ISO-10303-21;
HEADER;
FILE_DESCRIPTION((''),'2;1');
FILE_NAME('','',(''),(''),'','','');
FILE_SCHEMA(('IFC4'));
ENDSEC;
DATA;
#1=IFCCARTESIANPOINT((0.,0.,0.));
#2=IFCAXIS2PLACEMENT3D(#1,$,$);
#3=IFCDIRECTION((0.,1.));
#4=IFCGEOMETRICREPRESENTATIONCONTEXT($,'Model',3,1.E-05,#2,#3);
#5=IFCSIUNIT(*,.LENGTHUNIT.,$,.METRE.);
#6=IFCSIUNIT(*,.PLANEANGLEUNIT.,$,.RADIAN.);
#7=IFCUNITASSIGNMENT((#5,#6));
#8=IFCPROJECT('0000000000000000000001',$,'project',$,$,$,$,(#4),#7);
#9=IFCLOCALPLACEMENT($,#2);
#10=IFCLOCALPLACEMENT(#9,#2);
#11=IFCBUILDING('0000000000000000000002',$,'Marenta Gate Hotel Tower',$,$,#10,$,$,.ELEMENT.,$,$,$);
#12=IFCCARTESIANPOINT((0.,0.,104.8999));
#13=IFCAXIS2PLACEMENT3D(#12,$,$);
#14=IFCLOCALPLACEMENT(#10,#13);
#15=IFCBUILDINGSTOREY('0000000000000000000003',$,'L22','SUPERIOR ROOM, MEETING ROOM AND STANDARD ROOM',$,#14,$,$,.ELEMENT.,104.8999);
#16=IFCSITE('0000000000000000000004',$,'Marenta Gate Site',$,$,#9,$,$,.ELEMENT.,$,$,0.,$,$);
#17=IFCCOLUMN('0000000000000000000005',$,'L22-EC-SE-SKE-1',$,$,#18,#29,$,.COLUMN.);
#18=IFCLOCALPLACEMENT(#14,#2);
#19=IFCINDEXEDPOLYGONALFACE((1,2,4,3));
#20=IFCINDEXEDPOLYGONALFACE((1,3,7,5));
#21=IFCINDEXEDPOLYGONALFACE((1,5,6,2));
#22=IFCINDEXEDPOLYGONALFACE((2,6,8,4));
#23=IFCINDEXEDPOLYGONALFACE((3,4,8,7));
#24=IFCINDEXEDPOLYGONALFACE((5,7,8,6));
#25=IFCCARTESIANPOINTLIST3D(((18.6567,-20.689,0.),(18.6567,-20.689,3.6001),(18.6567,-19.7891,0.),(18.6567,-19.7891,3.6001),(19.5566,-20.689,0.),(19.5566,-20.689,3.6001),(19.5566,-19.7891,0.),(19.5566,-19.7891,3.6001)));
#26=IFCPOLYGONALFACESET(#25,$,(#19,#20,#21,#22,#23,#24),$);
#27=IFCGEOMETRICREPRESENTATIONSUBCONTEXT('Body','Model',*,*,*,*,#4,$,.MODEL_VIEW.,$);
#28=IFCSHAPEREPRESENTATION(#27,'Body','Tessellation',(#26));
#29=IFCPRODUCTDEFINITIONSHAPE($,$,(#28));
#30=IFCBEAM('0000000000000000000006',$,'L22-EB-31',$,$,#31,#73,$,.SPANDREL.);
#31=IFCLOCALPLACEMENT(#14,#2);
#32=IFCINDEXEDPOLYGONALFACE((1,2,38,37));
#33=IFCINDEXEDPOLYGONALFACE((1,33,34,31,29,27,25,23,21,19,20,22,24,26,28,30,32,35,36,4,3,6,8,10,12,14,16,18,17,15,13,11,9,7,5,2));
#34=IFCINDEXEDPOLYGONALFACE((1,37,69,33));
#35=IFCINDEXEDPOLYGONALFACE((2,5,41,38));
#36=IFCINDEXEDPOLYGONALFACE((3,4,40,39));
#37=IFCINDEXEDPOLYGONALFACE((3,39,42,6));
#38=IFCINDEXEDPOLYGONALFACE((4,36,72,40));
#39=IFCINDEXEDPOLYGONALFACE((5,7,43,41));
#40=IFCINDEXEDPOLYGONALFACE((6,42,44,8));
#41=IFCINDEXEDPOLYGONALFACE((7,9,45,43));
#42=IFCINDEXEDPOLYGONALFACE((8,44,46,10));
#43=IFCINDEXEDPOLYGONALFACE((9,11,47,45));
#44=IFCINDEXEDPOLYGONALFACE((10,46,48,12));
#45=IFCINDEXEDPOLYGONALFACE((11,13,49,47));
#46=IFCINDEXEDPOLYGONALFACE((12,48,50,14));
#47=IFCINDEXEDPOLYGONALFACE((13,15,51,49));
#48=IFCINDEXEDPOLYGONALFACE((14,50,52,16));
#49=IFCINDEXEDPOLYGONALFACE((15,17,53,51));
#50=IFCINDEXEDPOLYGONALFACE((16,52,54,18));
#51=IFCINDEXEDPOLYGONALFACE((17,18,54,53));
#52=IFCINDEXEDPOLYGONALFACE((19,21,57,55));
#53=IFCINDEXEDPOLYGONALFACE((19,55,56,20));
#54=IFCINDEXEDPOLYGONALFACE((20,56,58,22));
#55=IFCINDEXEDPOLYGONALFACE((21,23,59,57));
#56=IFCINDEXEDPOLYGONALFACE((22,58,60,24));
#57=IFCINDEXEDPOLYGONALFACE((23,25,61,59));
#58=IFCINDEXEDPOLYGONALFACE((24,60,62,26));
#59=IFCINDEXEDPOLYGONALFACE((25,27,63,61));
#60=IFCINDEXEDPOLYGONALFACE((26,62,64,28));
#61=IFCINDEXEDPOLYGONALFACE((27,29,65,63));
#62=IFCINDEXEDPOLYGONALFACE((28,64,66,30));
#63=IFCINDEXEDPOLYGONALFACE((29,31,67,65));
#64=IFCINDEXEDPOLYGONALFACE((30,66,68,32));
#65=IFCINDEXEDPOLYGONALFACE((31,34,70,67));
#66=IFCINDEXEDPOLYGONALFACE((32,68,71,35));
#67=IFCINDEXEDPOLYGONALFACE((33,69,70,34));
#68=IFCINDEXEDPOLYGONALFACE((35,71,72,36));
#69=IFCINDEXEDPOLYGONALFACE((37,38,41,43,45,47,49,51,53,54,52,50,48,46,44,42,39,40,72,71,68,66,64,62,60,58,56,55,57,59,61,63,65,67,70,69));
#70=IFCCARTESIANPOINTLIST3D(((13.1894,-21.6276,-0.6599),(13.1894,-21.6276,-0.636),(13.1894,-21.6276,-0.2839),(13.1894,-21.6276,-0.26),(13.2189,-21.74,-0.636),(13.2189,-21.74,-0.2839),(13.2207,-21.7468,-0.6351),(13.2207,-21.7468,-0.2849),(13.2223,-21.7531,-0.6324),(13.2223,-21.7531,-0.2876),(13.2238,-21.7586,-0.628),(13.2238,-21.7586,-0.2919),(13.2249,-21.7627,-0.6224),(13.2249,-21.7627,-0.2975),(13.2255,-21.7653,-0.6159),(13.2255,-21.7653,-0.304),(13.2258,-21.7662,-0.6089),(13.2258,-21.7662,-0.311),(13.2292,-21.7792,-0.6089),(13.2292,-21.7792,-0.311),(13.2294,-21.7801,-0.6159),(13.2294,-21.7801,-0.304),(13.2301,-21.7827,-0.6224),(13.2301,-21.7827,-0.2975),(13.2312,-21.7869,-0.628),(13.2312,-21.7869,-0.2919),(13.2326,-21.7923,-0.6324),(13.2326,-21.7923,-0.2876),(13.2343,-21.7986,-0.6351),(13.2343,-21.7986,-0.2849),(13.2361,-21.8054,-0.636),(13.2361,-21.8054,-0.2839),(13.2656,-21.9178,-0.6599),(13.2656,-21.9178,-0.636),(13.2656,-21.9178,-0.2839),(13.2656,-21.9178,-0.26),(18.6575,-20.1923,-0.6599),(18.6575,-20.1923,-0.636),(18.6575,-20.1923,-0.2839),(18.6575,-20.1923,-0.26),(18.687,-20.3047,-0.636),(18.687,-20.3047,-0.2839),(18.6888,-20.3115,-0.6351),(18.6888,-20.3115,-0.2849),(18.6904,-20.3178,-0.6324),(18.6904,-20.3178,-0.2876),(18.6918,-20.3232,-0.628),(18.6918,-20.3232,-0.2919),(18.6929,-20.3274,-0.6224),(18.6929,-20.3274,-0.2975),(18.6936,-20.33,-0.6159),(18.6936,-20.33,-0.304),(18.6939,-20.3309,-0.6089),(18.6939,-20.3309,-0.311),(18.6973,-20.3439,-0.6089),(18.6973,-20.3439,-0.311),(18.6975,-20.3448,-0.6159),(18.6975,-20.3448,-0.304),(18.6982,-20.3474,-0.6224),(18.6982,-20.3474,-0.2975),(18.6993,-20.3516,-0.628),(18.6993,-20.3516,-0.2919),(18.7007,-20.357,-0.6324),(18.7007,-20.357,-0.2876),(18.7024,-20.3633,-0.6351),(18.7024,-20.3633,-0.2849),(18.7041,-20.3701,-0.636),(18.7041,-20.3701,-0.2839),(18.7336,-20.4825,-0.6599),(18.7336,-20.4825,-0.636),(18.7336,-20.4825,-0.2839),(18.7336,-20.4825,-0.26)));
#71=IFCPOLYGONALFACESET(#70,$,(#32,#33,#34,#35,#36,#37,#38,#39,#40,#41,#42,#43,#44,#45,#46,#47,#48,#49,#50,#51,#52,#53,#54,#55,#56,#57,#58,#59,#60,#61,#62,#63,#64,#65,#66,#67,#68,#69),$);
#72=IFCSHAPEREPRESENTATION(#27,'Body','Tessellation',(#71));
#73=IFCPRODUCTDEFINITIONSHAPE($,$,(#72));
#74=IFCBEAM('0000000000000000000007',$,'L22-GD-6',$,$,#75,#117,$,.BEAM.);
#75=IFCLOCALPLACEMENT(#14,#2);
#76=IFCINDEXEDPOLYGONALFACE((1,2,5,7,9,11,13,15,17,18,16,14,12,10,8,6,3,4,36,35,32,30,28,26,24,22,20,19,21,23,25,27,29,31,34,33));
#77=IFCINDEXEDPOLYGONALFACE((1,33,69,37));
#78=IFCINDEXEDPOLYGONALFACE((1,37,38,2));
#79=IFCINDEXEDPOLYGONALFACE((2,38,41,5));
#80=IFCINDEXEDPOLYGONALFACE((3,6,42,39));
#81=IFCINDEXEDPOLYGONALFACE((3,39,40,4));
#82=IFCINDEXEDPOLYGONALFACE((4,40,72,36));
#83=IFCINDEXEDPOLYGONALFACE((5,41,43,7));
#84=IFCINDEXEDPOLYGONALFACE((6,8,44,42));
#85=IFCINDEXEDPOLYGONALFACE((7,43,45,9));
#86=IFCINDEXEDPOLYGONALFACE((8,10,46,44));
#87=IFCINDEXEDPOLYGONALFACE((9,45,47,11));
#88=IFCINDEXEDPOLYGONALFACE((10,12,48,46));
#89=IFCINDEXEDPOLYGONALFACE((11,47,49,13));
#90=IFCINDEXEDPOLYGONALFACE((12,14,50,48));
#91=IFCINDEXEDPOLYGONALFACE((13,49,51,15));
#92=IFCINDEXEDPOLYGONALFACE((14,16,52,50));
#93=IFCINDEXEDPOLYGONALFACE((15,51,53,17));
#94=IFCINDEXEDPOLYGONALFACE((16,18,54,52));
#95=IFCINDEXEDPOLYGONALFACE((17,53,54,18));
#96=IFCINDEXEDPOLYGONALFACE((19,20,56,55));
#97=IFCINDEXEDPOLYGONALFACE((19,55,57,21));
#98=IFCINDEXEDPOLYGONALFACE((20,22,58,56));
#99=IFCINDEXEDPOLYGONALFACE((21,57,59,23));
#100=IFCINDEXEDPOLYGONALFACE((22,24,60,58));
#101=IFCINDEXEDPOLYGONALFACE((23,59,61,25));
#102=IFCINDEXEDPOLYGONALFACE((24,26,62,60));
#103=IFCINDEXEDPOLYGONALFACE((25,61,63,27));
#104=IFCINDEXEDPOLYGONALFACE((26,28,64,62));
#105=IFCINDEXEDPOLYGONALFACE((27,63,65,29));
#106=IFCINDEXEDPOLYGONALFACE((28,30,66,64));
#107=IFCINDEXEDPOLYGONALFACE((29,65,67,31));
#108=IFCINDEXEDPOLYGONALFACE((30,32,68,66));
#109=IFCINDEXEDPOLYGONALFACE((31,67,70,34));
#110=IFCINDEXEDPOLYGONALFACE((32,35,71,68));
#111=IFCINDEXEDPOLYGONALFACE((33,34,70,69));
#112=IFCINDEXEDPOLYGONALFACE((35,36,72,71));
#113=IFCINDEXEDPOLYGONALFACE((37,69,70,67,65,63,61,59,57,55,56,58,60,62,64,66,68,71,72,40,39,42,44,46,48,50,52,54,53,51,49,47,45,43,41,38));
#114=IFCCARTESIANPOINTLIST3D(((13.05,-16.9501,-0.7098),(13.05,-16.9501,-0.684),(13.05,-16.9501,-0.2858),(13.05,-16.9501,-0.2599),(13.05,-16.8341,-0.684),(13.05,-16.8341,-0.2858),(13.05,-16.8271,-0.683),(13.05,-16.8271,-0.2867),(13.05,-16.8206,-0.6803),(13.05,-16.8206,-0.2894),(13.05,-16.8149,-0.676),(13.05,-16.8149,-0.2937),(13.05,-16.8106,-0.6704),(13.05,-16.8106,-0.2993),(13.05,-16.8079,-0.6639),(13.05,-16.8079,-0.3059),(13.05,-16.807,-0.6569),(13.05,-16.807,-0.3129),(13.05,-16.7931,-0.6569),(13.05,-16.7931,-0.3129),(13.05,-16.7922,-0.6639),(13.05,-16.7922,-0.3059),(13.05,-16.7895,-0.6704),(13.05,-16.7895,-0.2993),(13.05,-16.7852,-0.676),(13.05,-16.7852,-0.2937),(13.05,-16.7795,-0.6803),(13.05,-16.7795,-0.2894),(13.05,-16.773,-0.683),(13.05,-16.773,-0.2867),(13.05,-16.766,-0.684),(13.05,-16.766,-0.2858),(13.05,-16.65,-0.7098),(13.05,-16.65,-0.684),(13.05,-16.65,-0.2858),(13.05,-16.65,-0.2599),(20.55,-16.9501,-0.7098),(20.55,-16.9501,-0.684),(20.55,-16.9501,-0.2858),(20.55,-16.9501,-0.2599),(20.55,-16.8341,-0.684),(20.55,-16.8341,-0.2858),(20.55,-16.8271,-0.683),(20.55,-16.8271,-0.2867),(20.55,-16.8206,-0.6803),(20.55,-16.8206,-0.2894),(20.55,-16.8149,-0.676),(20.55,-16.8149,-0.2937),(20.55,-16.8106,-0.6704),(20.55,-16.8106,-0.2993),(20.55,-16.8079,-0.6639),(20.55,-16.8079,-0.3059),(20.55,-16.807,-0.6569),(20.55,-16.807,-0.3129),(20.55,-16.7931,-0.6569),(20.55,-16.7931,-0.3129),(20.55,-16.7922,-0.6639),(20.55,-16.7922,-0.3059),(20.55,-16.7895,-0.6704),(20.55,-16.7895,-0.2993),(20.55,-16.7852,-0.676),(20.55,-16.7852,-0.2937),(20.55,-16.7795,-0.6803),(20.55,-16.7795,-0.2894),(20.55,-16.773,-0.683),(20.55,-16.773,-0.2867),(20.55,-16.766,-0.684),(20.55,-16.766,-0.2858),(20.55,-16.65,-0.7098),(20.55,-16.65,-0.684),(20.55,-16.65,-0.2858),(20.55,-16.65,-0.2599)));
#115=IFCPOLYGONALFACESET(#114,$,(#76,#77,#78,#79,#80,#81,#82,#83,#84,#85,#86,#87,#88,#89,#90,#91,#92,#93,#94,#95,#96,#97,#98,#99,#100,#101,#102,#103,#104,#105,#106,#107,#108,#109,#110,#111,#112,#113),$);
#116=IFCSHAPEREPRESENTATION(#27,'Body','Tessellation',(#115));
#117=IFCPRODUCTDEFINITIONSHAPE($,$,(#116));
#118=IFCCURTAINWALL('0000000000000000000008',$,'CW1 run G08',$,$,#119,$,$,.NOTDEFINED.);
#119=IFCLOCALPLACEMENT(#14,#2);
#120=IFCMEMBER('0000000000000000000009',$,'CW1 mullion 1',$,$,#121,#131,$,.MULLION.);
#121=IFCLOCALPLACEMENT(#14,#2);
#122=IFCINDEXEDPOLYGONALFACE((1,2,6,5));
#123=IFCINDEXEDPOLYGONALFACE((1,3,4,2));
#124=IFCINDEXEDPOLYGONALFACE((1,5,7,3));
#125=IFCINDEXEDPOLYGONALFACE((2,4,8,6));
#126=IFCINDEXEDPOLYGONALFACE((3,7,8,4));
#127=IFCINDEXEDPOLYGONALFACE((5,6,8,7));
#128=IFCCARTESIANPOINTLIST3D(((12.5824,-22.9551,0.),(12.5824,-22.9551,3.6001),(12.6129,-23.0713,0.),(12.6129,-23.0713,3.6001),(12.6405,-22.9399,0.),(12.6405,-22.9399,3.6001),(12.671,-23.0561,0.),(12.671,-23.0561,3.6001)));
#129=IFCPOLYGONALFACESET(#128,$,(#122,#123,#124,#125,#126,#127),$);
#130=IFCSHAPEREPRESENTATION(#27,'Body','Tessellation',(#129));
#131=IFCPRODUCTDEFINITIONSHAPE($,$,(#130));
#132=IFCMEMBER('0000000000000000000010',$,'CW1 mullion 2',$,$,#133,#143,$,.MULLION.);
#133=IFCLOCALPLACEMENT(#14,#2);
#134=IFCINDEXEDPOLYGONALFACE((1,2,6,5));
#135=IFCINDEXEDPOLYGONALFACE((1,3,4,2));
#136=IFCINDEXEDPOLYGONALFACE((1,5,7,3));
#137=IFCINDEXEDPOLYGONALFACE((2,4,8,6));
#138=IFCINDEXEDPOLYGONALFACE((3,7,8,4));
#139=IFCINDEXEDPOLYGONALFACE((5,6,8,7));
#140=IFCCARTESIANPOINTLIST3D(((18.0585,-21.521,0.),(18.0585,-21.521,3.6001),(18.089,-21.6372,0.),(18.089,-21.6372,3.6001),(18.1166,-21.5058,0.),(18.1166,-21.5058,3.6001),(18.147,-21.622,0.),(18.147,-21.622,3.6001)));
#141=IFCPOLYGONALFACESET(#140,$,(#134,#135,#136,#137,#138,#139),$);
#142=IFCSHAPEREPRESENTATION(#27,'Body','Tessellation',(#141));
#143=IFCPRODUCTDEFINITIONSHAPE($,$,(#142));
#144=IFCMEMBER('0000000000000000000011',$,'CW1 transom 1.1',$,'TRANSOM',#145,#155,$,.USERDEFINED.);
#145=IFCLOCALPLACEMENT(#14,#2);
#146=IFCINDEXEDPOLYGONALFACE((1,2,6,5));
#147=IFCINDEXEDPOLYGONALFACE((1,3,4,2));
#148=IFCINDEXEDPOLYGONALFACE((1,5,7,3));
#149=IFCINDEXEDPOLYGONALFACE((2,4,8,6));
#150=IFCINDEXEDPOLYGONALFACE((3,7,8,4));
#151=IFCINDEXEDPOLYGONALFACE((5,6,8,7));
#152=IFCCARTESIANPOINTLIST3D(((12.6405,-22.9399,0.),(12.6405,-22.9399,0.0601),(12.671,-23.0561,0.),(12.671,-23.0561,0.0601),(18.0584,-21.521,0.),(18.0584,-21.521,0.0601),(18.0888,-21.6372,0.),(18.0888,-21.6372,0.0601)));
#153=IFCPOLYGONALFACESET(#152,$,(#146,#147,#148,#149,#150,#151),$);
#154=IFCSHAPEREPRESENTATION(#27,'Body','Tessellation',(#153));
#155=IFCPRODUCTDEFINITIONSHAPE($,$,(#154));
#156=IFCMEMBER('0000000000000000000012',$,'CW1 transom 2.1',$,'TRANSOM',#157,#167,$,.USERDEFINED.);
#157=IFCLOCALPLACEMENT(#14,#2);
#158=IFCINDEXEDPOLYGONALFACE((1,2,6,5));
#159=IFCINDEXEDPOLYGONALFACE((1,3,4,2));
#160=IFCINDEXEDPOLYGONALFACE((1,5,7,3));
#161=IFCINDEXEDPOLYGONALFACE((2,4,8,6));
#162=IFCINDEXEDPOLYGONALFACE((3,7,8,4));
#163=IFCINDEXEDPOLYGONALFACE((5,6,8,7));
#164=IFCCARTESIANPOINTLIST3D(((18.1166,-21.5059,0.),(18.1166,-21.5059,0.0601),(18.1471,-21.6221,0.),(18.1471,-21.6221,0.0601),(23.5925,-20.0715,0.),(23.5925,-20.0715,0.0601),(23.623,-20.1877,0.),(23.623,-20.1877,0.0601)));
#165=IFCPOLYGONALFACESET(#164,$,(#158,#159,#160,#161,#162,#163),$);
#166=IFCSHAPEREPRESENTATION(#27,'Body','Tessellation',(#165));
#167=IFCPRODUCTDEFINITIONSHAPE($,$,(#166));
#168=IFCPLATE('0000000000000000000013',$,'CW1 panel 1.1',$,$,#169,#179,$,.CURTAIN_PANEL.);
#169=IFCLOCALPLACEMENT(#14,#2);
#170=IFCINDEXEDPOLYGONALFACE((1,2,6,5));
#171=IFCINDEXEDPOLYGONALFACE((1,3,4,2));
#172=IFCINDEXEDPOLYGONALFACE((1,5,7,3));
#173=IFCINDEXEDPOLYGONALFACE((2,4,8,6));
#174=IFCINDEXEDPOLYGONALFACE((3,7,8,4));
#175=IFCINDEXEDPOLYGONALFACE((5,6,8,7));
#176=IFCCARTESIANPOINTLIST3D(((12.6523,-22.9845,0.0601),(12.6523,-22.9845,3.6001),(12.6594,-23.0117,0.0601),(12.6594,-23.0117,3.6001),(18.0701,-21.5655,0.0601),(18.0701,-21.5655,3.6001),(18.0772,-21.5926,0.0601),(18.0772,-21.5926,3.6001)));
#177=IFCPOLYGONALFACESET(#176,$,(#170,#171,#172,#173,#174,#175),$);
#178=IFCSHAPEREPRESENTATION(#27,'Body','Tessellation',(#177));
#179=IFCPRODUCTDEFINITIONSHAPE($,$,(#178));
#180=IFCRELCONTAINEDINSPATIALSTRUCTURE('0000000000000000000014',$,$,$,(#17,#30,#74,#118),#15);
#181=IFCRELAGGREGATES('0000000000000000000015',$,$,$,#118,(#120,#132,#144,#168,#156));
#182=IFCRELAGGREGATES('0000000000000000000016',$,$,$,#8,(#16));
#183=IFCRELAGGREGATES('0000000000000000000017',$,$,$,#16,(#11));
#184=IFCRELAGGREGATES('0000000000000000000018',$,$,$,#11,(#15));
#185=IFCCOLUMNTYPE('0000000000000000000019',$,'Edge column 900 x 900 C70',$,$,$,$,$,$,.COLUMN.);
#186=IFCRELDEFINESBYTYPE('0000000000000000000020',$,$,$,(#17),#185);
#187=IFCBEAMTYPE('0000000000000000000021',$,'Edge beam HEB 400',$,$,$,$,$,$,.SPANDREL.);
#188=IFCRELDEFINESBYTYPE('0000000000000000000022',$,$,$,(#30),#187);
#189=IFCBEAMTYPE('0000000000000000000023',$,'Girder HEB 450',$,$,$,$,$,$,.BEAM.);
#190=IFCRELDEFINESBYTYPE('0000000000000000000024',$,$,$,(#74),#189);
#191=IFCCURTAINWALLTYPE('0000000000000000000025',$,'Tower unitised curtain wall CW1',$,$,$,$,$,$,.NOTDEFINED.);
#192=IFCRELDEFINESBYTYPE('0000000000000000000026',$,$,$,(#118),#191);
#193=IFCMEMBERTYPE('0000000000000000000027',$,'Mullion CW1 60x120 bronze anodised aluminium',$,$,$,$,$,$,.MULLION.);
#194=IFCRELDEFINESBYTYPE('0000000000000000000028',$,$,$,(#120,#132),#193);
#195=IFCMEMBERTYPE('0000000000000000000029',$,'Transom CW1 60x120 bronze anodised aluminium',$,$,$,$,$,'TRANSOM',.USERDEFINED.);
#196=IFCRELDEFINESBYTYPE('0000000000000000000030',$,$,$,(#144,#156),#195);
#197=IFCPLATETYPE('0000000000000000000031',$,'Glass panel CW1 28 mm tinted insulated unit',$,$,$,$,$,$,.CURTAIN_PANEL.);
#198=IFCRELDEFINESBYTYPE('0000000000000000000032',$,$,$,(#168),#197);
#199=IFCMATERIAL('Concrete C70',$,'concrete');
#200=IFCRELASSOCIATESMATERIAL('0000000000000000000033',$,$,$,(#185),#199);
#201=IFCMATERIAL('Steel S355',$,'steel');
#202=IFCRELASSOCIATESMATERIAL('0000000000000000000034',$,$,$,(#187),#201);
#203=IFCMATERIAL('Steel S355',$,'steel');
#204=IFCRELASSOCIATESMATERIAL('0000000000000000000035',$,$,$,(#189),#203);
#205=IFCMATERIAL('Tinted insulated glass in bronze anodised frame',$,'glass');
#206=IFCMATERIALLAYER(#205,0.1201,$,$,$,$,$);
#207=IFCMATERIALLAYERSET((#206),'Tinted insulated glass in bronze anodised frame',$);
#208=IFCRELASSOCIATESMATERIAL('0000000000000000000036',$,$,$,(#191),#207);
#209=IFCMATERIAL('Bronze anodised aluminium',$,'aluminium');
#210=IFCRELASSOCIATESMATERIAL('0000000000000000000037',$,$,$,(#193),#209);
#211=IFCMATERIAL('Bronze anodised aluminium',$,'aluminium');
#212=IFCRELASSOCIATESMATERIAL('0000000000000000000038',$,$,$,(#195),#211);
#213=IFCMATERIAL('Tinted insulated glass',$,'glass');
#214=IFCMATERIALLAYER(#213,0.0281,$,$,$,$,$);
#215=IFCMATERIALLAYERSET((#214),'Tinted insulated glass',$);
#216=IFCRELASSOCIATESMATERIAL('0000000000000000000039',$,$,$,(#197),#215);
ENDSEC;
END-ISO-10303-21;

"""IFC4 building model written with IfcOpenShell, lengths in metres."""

from ifc_helpers import new_model, si_unit, direction, frame, origin, origin_2d, place, context, subcontext, project, spatial, rectangle, i_section, extrude, material, layer, layer_set, material_profile, profile_set, type_object, element, aggregate, save


model = new_model("IFC4")

# Units and contexts
model_context = context("Model", 3, precision=1e-05, world=origin(), true_north=direction((0.0, 1.0)))
body_context = subcontext(model_context, "Body", "Model", "MODEL_VIEW")
ifc_project = project(units=[si_unit("LENGTHUNIT", "METRE"), si_unit("PLANEANGLEUNIT", "RADIAN")], contexts=[model_context])

# Site, building, storey
site_placement = place(None, origin())
site = spatial("IfcSite", under=ifc_project, at=site_placement, Name="Marenta Gate Site", CompositionType="ELEMENT", RefElevation=0.0)
building_placement = place(site_placement, origin())
building = spatial("IfcBuilding", under=site, at=building_placement, Name="Marenta Gate Hotel Tower", CompositionType="ELEMENT")
storey_placement = place(building_placement, frame((0.0, 0.0, 104.8999)))
storey = spatial("IfcBuildingStorey", under=building, at=storey_placement, Name="L22", Description="SUPERIOR ROOM, MEETING ROOM AND STANDARD ROOM", CompositionType="ELEMENT", Elevation=104.8999)

# Column
ifc_material_1 = material(Name="Concrete C70", Category="concrete")
ifc_material_profile_1 = material_profile(ifc_material_1, rectangle(XDim=0.8999, YDim=0.8999, at=origin_2d()), Name="900 x 900")
ifc_profile_set_1 = profile_set([ifc_material_profile_1], Name="Concrete C70")
column_type = type_object("IfcColumnType", Name="Edge column 900 x 900 C70", PredefinedType="COLUMN", material=ifc_profile_set_1)
column_placement = place(storey_placement, frame((19.1067, -20.239, 0.0), z_axis=(0.0, 0.0, 1.0), x_axis=(1.0, 0.0, 0.0)))
element("IfcColumn", 1, at=column_placement, inside=storey, type_object=column_type, Name="L22-EC-SE-SKE-1", PredefinedType="COLUMN", context=body_context, shape_type="SweptSolid", body=[
    extrude(rectangle(XDim=0.8999, YDim=0.8999, at=origin_2d()), origin(), (0.0, 0.0, 1.0), 3.6001),
])

# Beams
ifc_material_2 = material(Name="Steel S355", Category="steel")
ifc_material_profile_2 = material_profile(ifc_material_2, i_section(OverallWidth=0.3, OverallDepth=0.3999, WebThickness=0.0134, FlangeThickness=0.0239, FilletRadius=0.0271, at=origin_2d()), Name="HEB 400")
ifc_profile_set_2 = profile_set([ifc_material_profile_2], Name="Steel S355")
beam_type_1 = type_object("IfcBeamType", Name="Edge beam HEB 400", PredefinedType="SPANDREL", material=ifc_profile_set_2)
beam_1_placement = place(storey_placement, frame((18.6956, -20.3374, -0.46), z_axis=(-0.967233, -0.25389, 0.0), x_axis=(0.25389, -0.967233, 0.0)))
element("IfcBeam", 2, at=beam_1_placement, inside=storey, type_object=beam_type_1, Name="L22-EB-31", PredefinedType="SPANDREL", context=body_context, shape_type="SweptSolid", body=[
    extrude(i_section(OverallWidth=0.3, OverallDepth=0.3999, WebThickness=0.0134, FlangeThickness=0.0239, FilletRadius=0.0271, at=origin_2d()), origin(), (0.0, 0.0, 1.0), 5.6533),
])
ifc_material_3 = material(Name="Steel S355", Category="steel")
ifc_material_profile_3 = material_profile(ifc_material_3, i_section(OverallWidth=0.3, OverallDepth=0.45, WebThickness=0.0139, FlangeThickness=0.0259, FilletRadius=0.0271, at=origin_2d()), Name="HEB 450")
ifc_profile_set_3 = profile_set([ifc_material_profile_3], Name="Steel S355")
beam_type_2 = type_object("IfcBeamType", Name="Girder HEB 450", PredefinedType="BEAM", material=ifc_profile_set_3)
beam_2_placement = place(storey_placement, frame((13.05, -16.8, -0.4849), z_axis=(1.0, 0.0, 0.0), x_axis=(0.0, 1.0, 0.0)))
element("IfcBeam", 3, at=beam_2_placement, inside=storey, type_object=beam_type_2, Name="L22-GD-6", PredefinedType="BEAM", context=body_context, shape_type="SweptSolid", body=[
    extrude(i_section(OverallWidth=0.3, OverallDepth=0.45, WebThickness=0.0139, FlangeThickness=0.0259, FilletRadius=0.0271, at=origin_2d()), origin(), (0.0, 0.0, 1.0), 7.5),
])

# Curtain wall, members, plate
ifc_material_4 = material(Name="Tinted insulated glass in bronze anodised frame", Category="glass")
ifc_layer_1 = layer(ifc_material_4, 0.1201)
ifc_layer_set_1 = layer_set([ifc_layer_1], Name="Tinted insulated glass in bronze anodised frame")
curtain_wall_type = type_object("IfcCurtainWallType", Name="Tower unitised curtain wall CW1", PredefinedType="NOTDEFINED", material=ifc_layer_set_1)
curtain_wall_placement = place(storey_placement, origin())
curtain_wall = element("IfcCurtainWall", 4, at=curtain_wall_placement, inside=storey, type_object=curtain_wall_type, Name="CW1 run G08", PredefinedType="NOTDEFINED")
ifc_material_5 = material(Name="Bronze anodised aluminium", Category="aluminium")
ifc_material_profile_4 = material_profile(ifc_material_5, rectangle(XDim=0.1201, YDim=0.0601, at=origin_2d()), Name="Mullion CW1 60x120 bronze anodised aluminium")
ifc_profile_set_4 = profile_set([ifc_material_profile_4], Name="Bronze anodised aluminium")
member_type_1 = type_object("IfcMemberType", Name="Mullion CW1 60x120 bronze anodised aluminium", PredefinedType="MULLION", material=ifc_profile_set_4)
member_1_placement = place(storey_placement, frame((12.6267, -23.0056, 0.0), z_axis=(0.0, 0.0, 1.0), x_axis=(-0.253374, 0.967368, 0.0)))
member_1 = element("IfcMember", 5, at=member_1_placement, type_object=member_type_1, Name="CW1 mullion 1", PredefinedType="MULLION", context=body_context, shape_type="SweptSolid", body=[
    extrude(rectangle(XDim=0.1201, YDim=0.0601, at=origin_2d()), origin(), (0.0, 0.0, 1.0), 3.6001),
])
member_2_placement = place(storey_placement, frame((18.1028, -21.5715, 0.0), z_axis=(0.0, 0.0, 1.0), x_axis=(-0.253374, 0.967368, 0.0)))
member_2 = element("IfcMember", 6, at=member_2_placement, type_object=member_type_1, Name="CW1 mullion 2", PredefinedType="MULLION", context=body_context, shape_type="SweptSolid", body=[
    extrude(rectangle(XDim=0.1201, YDim=0.0601, at=origin_2d()), origin(), (0.0, 0.0, 1.0), 3.6001),
])
ifc_material_6 = material(Name="Bronze anodised aluminium", Category="aluminium")
ifc_material_profile_5 = material_profile(ifc_material_6, rectangle(XDim=0.1201, YDim=0.0601, at=origin_2d()), Name="Transom CW1 60x120 bronze anodised aluminium")
ifc_profile_set_5 = profile_set([ifc_material_profile_5], Name="Bronze anodised aluminium")
member_type_2 = type_object("IfcMemberType", Name="Transom CW1 60x120 bronze anodised aluminium", ElementType="TRANSOM", PredefinedType="USERDEFINED", material=ifc_profile_set_5)
member_3_placement = place(storey_placement, frame((12.6558, -22.998, 0.03), z_axis=(0.967374, 0.253352, 0.0), x_axis=(-0.253352, 0.967374, 0.0)))
member_3 = element("IfcMember", 7, at=member_3_placement, type_object=member_type_2, Name="CW1 transom 1.1", ObjectType="TRANSOM", PredefinedType="USERDEFINED", context=body_context, shape_type="SweptSolid", body=[
    extrude(rectangle(XDim=0.1201, YDim=0.0601, at=origin_2d()), origin(), (0.0, 0.0, 1.0), 5.6006),
])
member_4_placement = place(storey_placement, frame((18.1318, -21.564, 0.03), z_axis=(0.967364, 0.253389, 0.0), x_axis=(-0.253389, 0.967364, 0.0)))
member_4 = element("IfcMember", 8, at=member_4_placement, type_object=member_type_2, Name="CW1 transom 2.1", ObjectType="TRANSOM", PredefinedType="USERDEFINED", context=body_context, shape_type="SweptSolid", body=[
    extrude(rectangle(XDim=0.1201, YDim=0.0601, at=origin_2d()), origin(), (0.0, 0.0, 1.0), 5.6606),
])
ifc_material_7 = material(Name="Tinted insulated glass", Category="glass")
ifc_layer_2 = layer(ifc_material_7, 0.0281)
ifc_layer_set_2 = layer_set([ifc_layer_2], Name="Tinted insulated glass")
plate_type = type_object("IfcPlateType", Name="Glass panel CW1 28 mm tinted insulated unit", PredefinedType="CURTAIN_PANEL", material=ifc_layer_set_2)
plate_1_placement = place(storey_placement, frame((15.3647, -22.2886, 0.0601), z_axis=(0.0, 0.0, 1.0), x_axis=(0.967368, 0.253374, 0.0)))
plate_1 = element("IfcPlate", 9, at=plate_1_placement, type_object=plate_type, Name="CW1 panel 1.1", PredefinedType="CURTAIN_PANEL", context=body_context, shape_type="SweptSolid", body=[
    extrude(rectangle(XDim=5.6006, YDim=0.0281, at=origin_2d()), origin(), (0.0, 0.0, 1.0), 3.54),
])
aggregate(curtain_wall, [member_1, member_2, member_3, plate_1, member_4])

save(model, "model.ifc")
